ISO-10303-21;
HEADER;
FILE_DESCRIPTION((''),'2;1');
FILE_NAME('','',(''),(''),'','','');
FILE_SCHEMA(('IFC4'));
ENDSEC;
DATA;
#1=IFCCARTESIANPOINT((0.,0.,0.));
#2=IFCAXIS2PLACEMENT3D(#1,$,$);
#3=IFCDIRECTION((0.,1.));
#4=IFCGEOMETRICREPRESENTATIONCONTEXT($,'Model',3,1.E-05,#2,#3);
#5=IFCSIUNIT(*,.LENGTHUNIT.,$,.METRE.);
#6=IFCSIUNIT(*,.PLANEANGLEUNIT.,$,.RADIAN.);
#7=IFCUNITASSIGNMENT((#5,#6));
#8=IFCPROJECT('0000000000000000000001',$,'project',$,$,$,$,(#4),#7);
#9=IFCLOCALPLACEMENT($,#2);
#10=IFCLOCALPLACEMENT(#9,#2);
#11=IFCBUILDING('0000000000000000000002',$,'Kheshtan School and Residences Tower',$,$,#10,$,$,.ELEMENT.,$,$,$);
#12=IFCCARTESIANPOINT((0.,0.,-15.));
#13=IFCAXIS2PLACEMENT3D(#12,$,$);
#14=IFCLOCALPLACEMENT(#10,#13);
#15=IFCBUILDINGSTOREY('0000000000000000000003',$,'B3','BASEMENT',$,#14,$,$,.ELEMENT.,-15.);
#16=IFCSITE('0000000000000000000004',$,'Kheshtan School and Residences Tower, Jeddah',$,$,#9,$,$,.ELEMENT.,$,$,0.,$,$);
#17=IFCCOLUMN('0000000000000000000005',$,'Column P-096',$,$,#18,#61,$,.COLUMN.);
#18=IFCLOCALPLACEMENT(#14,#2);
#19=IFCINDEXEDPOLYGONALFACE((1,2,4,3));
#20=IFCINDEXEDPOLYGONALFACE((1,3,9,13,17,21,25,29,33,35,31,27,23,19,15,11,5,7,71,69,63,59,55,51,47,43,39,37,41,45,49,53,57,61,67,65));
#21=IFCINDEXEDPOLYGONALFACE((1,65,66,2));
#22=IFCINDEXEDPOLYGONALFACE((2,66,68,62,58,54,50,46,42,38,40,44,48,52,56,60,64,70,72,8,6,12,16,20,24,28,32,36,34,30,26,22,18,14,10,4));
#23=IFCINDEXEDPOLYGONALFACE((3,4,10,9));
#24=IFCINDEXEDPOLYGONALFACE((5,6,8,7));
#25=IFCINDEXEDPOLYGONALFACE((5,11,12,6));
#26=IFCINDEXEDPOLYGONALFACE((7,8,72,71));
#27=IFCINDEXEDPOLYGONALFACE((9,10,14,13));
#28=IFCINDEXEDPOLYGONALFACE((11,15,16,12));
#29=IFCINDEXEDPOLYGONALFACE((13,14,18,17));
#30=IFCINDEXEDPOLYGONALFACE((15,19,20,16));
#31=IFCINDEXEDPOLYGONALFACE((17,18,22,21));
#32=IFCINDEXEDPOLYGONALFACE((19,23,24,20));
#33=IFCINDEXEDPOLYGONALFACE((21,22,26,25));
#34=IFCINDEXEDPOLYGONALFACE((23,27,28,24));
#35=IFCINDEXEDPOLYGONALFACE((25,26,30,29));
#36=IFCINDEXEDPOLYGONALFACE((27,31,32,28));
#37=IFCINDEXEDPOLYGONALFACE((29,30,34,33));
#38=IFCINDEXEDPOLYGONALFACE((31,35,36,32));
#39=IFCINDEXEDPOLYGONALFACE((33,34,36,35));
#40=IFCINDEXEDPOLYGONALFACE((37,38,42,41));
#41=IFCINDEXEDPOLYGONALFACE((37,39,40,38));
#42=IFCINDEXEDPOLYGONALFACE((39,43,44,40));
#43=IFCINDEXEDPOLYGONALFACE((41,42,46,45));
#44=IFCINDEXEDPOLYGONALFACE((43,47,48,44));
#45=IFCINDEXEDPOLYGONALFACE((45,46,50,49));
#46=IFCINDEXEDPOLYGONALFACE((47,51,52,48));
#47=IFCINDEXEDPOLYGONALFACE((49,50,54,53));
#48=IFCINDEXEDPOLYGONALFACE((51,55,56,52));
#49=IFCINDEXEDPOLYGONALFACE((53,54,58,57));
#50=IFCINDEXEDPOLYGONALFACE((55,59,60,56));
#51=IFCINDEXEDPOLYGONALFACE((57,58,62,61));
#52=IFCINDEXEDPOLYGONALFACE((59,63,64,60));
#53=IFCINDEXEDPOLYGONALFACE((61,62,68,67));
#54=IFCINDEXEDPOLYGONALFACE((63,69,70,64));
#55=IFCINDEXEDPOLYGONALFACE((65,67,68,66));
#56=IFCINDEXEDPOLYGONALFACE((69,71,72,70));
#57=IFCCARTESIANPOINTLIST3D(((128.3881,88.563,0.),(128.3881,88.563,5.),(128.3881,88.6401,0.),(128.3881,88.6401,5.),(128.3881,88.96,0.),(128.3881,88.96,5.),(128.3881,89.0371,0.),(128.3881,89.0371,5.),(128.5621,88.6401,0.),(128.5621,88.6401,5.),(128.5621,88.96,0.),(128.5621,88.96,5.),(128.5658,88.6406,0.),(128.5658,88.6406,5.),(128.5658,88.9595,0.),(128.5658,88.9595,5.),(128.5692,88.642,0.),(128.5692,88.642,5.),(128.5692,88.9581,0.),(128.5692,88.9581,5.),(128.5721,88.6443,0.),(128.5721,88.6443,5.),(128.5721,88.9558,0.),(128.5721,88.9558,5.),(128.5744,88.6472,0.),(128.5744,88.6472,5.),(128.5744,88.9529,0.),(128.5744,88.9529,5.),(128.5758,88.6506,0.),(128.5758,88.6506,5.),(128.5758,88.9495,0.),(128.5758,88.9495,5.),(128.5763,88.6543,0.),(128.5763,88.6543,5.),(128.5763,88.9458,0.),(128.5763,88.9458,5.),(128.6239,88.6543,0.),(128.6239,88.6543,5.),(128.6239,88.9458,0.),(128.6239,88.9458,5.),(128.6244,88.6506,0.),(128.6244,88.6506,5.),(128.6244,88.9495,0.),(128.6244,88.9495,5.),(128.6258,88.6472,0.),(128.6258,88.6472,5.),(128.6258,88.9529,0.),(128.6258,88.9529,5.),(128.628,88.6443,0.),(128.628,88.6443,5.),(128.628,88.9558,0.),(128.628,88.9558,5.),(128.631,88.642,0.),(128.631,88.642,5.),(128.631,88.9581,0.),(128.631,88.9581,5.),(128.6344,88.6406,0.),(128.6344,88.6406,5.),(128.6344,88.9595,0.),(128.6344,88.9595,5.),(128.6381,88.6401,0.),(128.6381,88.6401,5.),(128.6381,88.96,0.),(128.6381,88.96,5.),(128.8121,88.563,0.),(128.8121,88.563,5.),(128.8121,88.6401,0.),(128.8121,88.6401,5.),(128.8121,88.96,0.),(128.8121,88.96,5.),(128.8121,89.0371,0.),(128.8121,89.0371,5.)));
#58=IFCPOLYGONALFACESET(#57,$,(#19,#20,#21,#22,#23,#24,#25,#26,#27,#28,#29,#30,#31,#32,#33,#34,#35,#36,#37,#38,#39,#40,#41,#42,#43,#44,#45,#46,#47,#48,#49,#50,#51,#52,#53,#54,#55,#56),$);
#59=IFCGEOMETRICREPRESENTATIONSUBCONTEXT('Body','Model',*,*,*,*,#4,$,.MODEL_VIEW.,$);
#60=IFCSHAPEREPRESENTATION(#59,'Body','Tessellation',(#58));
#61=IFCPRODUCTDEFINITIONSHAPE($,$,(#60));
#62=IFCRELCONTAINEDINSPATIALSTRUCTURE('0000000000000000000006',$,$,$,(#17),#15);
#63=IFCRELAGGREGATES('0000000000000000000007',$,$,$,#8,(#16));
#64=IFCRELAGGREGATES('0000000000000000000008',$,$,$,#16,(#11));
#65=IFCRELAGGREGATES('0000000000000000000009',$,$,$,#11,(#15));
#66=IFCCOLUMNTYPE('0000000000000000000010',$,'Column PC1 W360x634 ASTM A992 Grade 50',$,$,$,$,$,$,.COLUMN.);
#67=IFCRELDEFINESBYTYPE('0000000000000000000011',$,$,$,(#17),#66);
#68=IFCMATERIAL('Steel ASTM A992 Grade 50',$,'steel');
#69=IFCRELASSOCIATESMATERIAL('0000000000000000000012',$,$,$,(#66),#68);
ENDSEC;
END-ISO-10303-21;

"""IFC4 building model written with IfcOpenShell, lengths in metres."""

from ifc_helpers import new_model, si_unit, direction, frame, origin, origin_2d, place, context, subcontext, project, spatial, i_section, extrude, material, material_profile, profile_set, type_object, element, save


model = new_model("IFC4")

# Units and contexts
model_context = context("Model", 3, precision=1e-05, world=origin(), true_north=direction((0.0, 1.0)))
body_context = subcontext(model_context, "Body", "Model", "MODEL_VIEW")
ifc_project = project(units=[si_unit("LENGTHUNIT", "METRE"), si_unit("PLANEANGLEUNIT", "RADIAN")], contexts=[model_context])

# Site, building, storey
site_placement = place(None, origin())
site = spatial("IfcSite", under=ifc_project, at=site_placement, Name="Kheshtan School and Residences Tower, Jeddah", CompositionType="ELEMENT", RefElevation=0.0)
building_placement = place(site_placement, origin())
building = spatial("IfcBuilding", under=site, at=building_placement, Name="Kheshtan School and Residences Tower", CompositionType="ELEMENT")
storey_placement = place(building_placement, frame((0.0, 0.0, -15.0)))
storey = spatial("IfcBuildingStorey", under=building, at=storey_placement, Name="B3", Description="BASEMENT", CompositionType="ELEMENT", Elevation=-15.0)

# Column
ifc_material_1 = material(Name="Steel ASTM A992 Grade 50", Category="steel")
ifc_material_profile_1 = material_profile(ifc_material_1, i_section(OverallWidth=0.4241, OverallDepth=0.4741, WebThickness=0.0476, FlangeThickness=0.0771, FilletRadius=0.0142, at=origin_2d()), Name="W360x634")
ifc_profile_set_1 = profile_set([ifc_material_profile_1], Name="Steel ASTM A992 Grade 50")
column_type = type_object("IfcColumnType", Name="Column PC1 W360x634 ASTM A992 Grade 50", PredefinedType="COLUMN", material=ifc_profile_set_1)
for number, where, z_axis, x_axis, name in (
    (1, (128.6001, 88.8, 0.0), (0.0, 0.0, 1.0), (1.0, 0.0, 0.0), "Column P-096"),
):
    element("IfcColumn", number, at=place(storey_placement, frame(where, z_axis=z_axis, x_axis=x_axis)), inside=storey, type_object=column_type, Name=name, PredefinedType="COLUMN", context=body_context, shape_type="SweptSolid", body=[
        extrude(i_section(OverallWidth=0.4241, OverallDepth=0.4741, WebThickness=0.0476, FlangeThickness=0.0771, FilletRadius=0.0142, at=origin_2d()), origin(), (0.0, 0.0, 1.0), 5.0),
    ])

save(model, "model.ifc")
